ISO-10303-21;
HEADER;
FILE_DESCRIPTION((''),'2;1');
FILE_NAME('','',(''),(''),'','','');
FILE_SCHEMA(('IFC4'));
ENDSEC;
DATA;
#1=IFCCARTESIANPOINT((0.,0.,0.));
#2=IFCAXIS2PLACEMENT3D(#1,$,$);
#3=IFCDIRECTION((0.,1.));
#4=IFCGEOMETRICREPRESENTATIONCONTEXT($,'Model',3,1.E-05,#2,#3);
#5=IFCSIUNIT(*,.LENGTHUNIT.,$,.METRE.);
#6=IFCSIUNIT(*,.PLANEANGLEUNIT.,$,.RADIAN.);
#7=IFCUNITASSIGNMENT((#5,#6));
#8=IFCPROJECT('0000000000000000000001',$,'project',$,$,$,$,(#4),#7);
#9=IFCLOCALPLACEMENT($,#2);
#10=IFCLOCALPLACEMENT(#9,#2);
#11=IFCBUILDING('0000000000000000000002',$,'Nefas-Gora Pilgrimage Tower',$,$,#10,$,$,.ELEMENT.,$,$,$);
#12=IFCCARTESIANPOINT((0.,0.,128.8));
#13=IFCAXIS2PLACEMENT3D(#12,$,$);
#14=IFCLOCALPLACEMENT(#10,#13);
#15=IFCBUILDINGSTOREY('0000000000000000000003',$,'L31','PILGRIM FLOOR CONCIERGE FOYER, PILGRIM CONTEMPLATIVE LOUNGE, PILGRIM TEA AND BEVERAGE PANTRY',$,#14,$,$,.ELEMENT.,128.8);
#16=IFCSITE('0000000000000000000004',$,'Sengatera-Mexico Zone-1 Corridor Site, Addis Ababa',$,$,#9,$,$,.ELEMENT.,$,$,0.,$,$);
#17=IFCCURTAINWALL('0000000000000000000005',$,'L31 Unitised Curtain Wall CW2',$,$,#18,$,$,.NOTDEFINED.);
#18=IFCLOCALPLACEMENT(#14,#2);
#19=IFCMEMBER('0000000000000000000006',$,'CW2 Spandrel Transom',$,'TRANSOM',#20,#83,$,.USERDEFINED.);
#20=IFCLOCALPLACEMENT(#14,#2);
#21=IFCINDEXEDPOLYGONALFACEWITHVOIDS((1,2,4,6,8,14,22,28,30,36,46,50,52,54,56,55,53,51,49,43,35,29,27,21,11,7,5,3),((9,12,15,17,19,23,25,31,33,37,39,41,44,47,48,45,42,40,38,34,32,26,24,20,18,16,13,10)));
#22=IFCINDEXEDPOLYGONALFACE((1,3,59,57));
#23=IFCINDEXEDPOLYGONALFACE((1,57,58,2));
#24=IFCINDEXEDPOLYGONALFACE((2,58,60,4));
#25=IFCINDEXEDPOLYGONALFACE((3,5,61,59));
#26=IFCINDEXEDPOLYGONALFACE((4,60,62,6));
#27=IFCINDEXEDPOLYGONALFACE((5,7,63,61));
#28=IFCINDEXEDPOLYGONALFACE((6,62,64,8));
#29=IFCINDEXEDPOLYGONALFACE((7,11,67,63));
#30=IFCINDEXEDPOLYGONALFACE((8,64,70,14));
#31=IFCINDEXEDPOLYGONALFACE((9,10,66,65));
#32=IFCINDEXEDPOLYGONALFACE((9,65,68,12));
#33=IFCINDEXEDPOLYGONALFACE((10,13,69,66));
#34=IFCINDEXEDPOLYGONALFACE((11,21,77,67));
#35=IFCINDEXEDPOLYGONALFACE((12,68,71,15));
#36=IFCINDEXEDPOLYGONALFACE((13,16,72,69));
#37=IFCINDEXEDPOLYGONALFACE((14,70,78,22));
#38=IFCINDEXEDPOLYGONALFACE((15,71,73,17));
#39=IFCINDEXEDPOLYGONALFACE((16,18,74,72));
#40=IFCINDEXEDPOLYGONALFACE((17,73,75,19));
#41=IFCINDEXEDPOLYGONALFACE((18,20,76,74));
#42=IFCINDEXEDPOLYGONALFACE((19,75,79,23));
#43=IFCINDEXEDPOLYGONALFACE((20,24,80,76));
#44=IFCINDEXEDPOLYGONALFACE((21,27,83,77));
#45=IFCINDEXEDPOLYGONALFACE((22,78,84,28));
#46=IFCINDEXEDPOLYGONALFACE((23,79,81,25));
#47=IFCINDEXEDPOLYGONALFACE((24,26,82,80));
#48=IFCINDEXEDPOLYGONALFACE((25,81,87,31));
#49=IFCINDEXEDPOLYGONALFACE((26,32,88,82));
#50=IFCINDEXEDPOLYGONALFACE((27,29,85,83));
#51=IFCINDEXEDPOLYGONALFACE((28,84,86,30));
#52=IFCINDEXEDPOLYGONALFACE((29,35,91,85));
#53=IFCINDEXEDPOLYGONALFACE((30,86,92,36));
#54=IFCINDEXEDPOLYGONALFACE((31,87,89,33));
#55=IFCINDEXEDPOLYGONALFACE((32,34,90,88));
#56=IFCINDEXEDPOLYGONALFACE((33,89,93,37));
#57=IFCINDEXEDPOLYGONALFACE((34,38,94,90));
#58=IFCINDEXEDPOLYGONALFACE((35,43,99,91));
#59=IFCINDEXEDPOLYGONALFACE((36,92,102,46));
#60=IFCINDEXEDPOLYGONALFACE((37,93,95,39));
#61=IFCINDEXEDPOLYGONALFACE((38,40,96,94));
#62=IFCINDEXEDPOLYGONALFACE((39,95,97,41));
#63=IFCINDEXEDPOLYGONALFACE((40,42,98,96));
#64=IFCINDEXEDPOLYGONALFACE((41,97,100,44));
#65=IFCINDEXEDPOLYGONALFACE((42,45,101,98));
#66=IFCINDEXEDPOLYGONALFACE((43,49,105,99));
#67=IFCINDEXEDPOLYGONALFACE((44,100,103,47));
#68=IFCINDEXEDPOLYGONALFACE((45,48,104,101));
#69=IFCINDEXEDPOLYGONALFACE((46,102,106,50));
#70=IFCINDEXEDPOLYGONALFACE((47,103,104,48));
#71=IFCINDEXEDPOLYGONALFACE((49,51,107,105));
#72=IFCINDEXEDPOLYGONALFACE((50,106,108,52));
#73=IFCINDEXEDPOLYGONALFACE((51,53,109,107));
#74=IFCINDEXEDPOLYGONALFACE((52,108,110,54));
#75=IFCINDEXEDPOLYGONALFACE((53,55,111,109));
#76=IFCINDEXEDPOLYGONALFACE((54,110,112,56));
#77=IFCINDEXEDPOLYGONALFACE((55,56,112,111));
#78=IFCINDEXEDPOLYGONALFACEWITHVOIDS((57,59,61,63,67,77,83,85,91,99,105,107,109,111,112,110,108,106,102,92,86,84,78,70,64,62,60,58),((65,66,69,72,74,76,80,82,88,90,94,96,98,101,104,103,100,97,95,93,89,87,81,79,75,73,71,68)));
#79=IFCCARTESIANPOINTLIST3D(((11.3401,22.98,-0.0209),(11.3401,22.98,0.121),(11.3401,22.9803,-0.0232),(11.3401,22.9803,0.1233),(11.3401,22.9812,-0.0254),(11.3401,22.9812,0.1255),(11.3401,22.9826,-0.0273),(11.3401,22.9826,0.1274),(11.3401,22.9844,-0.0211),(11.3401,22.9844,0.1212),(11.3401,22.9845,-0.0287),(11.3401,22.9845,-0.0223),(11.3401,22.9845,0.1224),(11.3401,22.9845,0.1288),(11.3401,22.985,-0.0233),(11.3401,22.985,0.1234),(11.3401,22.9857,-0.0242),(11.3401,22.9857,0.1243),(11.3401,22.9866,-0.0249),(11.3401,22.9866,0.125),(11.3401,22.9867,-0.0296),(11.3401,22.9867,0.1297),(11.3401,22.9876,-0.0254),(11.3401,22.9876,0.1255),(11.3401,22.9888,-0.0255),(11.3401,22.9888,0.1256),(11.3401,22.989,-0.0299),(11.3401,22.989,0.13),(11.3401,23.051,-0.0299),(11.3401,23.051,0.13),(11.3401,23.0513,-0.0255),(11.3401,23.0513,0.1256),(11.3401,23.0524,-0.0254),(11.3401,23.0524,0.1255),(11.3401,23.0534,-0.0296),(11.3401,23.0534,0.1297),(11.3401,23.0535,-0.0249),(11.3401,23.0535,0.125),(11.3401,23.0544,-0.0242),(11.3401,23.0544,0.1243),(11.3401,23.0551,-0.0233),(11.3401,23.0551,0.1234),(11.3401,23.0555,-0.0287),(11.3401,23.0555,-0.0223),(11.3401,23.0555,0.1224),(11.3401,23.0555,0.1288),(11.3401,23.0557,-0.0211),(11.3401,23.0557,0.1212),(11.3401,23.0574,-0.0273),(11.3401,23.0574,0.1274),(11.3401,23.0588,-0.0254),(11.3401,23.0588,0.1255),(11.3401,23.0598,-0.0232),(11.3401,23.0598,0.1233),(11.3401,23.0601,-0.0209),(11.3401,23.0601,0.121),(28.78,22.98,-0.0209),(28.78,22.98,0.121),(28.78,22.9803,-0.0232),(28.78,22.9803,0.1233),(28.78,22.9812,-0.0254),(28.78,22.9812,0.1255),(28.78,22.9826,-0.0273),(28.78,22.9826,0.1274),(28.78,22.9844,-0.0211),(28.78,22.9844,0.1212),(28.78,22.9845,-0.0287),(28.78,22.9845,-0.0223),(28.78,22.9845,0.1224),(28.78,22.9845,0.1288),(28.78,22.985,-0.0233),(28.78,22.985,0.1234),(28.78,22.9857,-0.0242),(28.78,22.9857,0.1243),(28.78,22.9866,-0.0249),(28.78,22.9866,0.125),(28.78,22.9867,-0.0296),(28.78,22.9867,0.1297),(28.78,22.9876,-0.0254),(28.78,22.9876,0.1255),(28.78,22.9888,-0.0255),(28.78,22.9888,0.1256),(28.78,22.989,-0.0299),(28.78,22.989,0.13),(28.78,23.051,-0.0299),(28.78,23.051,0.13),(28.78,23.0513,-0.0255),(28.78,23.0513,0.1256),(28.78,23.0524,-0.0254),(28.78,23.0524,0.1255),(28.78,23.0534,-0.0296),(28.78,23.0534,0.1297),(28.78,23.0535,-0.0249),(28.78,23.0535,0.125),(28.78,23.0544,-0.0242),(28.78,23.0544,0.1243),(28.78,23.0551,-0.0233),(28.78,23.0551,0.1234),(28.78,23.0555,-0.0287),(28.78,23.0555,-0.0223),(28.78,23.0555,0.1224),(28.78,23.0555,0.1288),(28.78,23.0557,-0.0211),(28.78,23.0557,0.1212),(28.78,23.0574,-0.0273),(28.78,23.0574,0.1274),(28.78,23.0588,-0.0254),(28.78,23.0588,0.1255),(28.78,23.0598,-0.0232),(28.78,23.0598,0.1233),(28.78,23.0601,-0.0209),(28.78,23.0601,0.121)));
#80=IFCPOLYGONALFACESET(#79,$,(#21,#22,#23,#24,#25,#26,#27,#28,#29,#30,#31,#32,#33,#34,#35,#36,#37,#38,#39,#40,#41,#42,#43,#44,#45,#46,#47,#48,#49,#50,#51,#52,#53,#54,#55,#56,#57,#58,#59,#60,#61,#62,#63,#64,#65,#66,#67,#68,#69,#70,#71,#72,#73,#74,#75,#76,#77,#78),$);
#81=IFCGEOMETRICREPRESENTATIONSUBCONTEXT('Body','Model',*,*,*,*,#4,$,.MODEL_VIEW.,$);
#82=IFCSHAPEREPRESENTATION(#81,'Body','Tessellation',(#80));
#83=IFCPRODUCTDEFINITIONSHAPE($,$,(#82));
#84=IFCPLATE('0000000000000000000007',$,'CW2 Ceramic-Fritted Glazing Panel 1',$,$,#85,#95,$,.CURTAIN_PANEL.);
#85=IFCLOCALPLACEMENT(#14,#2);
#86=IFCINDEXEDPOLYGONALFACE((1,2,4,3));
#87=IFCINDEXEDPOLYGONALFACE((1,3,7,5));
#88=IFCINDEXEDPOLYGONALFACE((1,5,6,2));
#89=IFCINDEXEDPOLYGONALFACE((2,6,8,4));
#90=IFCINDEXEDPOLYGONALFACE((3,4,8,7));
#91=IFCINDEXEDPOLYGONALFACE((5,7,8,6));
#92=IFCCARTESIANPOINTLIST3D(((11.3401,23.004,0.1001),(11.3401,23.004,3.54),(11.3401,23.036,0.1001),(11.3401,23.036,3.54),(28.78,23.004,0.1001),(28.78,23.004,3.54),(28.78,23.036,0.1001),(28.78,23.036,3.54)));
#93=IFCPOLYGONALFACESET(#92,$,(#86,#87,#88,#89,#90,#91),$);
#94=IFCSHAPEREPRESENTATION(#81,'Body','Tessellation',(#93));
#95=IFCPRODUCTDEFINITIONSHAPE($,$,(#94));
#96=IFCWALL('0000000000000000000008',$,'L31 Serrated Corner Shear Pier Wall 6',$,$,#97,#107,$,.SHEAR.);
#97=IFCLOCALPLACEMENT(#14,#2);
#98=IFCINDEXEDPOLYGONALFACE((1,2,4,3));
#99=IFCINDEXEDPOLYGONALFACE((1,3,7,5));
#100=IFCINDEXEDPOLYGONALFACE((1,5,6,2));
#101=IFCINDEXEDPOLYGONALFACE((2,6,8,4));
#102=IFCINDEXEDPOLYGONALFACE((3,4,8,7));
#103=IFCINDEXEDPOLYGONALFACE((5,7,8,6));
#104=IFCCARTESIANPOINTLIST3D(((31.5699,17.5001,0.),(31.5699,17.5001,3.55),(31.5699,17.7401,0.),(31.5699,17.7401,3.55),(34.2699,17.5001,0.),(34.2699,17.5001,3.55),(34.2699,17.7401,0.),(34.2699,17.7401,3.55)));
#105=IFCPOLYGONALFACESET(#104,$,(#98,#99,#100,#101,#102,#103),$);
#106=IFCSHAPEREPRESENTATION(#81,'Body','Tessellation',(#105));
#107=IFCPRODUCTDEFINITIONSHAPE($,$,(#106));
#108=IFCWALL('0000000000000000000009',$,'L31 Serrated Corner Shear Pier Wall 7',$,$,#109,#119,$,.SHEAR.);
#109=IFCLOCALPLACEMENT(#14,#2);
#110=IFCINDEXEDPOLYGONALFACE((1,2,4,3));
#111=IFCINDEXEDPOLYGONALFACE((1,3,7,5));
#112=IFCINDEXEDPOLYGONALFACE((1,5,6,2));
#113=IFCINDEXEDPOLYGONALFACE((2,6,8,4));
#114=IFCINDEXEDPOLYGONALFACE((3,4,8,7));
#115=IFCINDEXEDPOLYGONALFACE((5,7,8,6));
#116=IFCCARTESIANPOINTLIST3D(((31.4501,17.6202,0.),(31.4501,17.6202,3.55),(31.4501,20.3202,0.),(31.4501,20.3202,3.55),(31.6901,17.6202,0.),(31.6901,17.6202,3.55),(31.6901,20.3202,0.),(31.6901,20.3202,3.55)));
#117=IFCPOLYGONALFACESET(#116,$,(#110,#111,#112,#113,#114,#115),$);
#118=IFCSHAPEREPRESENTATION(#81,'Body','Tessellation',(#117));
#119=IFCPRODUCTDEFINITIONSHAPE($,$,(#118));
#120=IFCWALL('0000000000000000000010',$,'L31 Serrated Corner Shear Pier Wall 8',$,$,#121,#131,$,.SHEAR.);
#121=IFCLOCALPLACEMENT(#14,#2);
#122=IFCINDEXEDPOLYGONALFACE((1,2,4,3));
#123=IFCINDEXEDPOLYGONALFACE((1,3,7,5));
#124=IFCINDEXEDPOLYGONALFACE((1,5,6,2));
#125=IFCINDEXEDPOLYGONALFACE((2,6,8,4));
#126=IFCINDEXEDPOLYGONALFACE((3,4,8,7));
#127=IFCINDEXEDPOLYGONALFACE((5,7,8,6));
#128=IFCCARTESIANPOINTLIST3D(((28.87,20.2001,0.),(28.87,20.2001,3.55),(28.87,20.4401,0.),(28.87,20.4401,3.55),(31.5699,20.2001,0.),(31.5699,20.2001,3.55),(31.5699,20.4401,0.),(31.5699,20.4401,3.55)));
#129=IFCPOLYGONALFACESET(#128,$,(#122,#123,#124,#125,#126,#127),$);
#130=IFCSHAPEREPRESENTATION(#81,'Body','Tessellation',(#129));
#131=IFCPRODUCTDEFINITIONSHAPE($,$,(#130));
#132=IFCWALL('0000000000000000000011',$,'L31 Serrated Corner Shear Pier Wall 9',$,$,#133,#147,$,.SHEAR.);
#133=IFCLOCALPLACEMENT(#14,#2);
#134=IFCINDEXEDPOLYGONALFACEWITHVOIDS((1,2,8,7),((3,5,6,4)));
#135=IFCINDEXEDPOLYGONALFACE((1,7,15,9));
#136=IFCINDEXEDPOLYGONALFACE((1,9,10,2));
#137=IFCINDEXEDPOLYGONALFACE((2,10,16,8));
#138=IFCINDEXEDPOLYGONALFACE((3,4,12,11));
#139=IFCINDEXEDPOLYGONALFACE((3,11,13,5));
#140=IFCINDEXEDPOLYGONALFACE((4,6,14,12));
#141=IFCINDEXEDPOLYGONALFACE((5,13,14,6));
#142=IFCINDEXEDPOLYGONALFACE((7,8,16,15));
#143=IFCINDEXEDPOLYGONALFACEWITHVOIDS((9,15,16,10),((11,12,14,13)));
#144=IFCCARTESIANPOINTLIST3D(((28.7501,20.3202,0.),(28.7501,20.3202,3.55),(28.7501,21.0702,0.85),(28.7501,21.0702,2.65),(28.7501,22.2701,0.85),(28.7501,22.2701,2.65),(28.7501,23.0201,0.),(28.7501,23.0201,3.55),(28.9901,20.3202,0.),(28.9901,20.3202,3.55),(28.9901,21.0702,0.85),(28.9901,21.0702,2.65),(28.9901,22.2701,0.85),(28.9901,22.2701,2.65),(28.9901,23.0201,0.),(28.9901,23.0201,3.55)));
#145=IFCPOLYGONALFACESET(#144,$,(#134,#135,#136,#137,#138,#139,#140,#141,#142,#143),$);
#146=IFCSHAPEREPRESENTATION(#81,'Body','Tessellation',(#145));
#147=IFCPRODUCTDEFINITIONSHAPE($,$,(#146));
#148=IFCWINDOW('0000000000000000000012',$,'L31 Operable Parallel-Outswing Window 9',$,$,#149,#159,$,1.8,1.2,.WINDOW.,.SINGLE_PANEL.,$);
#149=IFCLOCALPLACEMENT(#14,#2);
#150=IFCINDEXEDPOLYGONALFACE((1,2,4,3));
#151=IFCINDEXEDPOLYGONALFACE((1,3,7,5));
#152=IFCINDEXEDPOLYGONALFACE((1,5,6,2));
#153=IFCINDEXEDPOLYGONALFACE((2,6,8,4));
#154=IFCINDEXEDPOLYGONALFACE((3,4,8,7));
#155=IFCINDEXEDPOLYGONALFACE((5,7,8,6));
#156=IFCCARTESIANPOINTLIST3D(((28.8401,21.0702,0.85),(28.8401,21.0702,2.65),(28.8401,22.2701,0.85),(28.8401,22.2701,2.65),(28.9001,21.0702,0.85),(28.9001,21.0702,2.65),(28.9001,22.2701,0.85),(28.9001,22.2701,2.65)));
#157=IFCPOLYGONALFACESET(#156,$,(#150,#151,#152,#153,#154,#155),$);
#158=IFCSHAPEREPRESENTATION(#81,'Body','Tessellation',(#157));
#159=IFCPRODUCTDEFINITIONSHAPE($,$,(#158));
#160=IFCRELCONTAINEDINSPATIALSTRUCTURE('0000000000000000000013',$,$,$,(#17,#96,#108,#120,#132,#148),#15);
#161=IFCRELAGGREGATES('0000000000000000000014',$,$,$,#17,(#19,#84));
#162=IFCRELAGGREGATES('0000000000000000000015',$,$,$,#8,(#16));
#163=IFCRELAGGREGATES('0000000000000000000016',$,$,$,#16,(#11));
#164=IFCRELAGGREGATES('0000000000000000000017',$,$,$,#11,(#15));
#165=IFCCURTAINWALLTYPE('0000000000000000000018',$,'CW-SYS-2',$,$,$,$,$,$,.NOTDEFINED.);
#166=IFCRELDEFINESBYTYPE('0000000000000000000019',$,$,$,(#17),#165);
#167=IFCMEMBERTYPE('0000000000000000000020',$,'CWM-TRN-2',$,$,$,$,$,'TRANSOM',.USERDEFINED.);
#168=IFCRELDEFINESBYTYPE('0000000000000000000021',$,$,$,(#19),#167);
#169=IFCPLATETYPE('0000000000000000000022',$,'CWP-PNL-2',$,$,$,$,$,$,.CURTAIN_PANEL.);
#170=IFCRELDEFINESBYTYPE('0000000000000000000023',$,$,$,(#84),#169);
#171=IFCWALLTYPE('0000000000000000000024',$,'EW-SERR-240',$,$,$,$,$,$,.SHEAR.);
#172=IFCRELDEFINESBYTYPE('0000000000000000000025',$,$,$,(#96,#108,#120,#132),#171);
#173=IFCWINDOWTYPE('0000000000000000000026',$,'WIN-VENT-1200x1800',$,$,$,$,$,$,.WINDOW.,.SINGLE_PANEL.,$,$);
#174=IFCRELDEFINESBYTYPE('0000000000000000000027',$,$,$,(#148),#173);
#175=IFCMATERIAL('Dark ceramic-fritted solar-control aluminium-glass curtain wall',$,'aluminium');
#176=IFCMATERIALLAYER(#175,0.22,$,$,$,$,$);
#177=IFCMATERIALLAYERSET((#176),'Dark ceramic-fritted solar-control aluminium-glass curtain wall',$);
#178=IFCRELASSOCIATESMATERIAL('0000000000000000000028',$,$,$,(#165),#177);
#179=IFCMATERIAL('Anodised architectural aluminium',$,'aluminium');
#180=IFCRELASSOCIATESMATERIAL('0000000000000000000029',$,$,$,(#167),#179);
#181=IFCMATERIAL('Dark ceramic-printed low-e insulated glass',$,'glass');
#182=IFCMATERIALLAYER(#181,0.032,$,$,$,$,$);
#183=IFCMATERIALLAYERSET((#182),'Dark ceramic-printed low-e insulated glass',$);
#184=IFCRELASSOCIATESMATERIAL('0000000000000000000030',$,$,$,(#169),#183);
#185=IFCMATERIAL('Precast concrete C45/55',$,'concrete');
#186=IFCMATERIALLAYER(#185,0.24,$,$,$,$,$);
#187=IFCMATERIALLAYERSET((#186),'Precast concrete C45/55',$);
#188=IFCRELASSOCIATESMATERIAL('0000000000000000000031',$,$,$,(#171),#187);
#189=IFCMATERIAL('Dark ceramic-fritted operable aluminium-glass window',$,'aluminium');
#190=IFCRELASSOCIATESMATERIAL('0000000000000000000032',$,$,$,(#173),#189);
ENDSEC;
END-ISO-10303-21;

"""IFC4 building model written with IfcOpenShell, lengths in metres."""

from ifc_helpers import new_model, si_unit, direction, frame, frame_2d, origin, origin_2d, place, context, subcontext, project, spatial, rectangle, hollow_rectangle, extrude, source, transform, mapped, material, layer, layer_set, material_profile, profile_set, type_object, element, fill, aggregate, save


model = new_model("IFC4")

# Units and contexts
model_context = context("Model", 3, precision=1e-05, world=origin(), true_north=direction((0.0, 1.0)))
body_context = subcontext(model_context, "Body", "Model", "MODEL_VIEW")
ifc_project = project(units=[si_unit("LENGTHUNIT", "METRE"), si_unit("PLANEANGLEUNIT", "RADIAN")], contexts=[model_context])

# Site, building, storey
site_placement = place(None, origin())
site = spatial("IfcSite", under=ifc_project, at=site_placement, Name="Sengatera-Mexico Zone-1 Corridor Site, Addis Ababa", CompositionType="ELEMENT", RefElevation=0.0)
building_placement = place(site_placement, origin())
building = spatial("IfcBuilding", under=site, at=building_placement, Name="Nefas-Gora Pilgrimage Tower", CompositionType="ELEMENT")
storey_placement = place(building_placement, frame((0.0, 0.0, 128.8)))
storey = spatial("IfcBuildingStorey", under=building, at=storey_placement, Name="L31", Description="PILGRIM FLOOR CONCIERGE FOYER, PILGRIM CONTEMPLATIVE LOUNGE, PILGRIM TEA AND BEVERAGE PANTRY", CompositionType="ELEMENT", Elevation=128.8)

# Shared definitions
ifc_material_1 = material(Name="Dark ceramic-fritted solar-control aluminium-glass curtain wall", Category="aluminium")
ifc_layer_1 = layer(ifc_material_1, 0.22)
ifc_layer_set_1 = layer_set([ifc_layer_1], Name="Dark ceramic-fritted solar-control aluminium-glass curtain wall")
curtain_wall_type = type_object("IfcCurtainWallType", Name="CW-SYS-2", PredefinedType="NOTDEFINED", material=ifc_layer_set_1)
ifc_material_2 = material(Name="Anodised architectural aluminium", Category="aluminium")

# Curtain wall, member, plate
curtain_wall_1_placement = place(storey_placement, origin())
curtain_wall_1 = element("IfcCurtainWall", 1, at=curtain_wall_1_placement, inside=storey, type_object=curtain_wall_type, Name="L31 Unitised Curtain Wall CW2", PredefinedType="NOTDEFINED")
ifc_material_profile_1 = material_profile(ifc_material_2, hollow_rectangle(XDim=0.0801, YDim=0.1599, WallThickness=0.0044, InnerFilletRadius=0.0044, OuterFilletRadius=0.009, at=origin_2d()), Name="ALU TRANSOM 80x160")
ifc_profile_set_1 = profile_set([ifc_material_profile_1], Name="Anodised architectural aluminium")
member_type_1 = type_object("IfcMemberType", Name="CWM-TRN-2", ElementType="TRANSOM", PredefinedType="USERDEFINED", material=ifc_profile_set_1)
shared_shape_1 = source(origin(), body_context, "Body", "SweptSolid", [
    extrude(hollow_rectangle(XDim=0.0801, YDim=0.1599, WallThickness=0.0044, InnerFilletRadius=0.0044, OuterFilletRadius=0.009, at=origin_2d()), origin(), (0.0, 0.0, 1.0), 17.4399),
])
member_1_placement = place(storey_placement, frame((28.78, 23.02, 0.05), z_axis=(-1.0, 0.0, 0.0), x_axis=(0.0, -1.0, 0.0)))
member_1 = element("IfcMember", 2, at=member_1_placement, type_object=member_type_1, Name="CW2 Spandrel Transom", ObjectType="TRANSOM", PredefinedType="USERDEFINED", context=body_context, shape_type="MappedRepresentation", body=[
    mapped(shared_shape_1, transform((0.0, 0.0, 0.0), x_axis=(1.0, 0.0, 0.0), y_axis=(0.0, 1.0, 0.0), z_axis=(0.0, 0.0, 1.0), scale=1.0)),
])
ifc_material_3 = material(Name="Dark ceramic-printed low-e insulated glass", Category="glass")
ifc_layer_2 = layer(ifc_material_3, 0.032)
ifc_layer_set_2 = layer_set([ifc_layer_2], Name="Dark ceramic-printed low-e insulated glass")
plate_type = type_object("IfcPlateType", Name="CWP-PNL-2", PredefinedType="CURTAIN_PANEL", material=ifc_layer_set_2)
shared_shape_2 = source(origin(), body_context, "Body", "SweptSolid", [
    extrude(rectangle(XDim=17.4399, YDim=0.032, at=origin_2d()), origin(), (0.0, 0.0, 1.0), 3.4399),
])
plate_placement = place(storey_placement, frame((20.0601, 23.02, 0.1001), z_axis=(0.0, 0.0, 1.0), x_axis=(-1.0, 0.0, 0.0)))
plate = element("IfcPlate", 3, at=plate_placement, type_object=plate_type, Name="CW2 Ceramic-Fritted Glazing Panel 1", PredefinedType="CURTAIN_PANEL", context=body_context, shape_type="MappedRepresentation", body=[
    mapped(shared_shape_2, transform((0.0, 0.0, 0.0), x_axis=(1.0, 0.0, 0.0), y_axis=(0.0, 1.0, 0.0), z_axis=(0.0, 0.0, 1.0), scale=1.0)),
])
aggregate(curtain_wall_1, [member_1, plate])

# Walls
ifc_material_4 = material(Name="Precast concrete C45/55", Category="concrete")
ifc_layer_3 = layer(ifc_material_4, 0.24)
ifc_layer_set_3 = layer_set([ifc_layer_3], Name="Precast concrete C45/55")
wall_type = type_object("IfcWallType", Name="EW-SERR-240", PredefinedType="SHEAR", material=ifc_layer_set_3)
shared_shape_3 = source(origin(), body_context, "Body", "SweptSolid", [
    extrude(rectangle(XDim=2.7, YDim=0.24, at=frame_2d((1.3501, 0.0))), origin(), (0.0, 0.0, 1.0), 3.55),
])
for number, where, z_axis, x_axis, name in (
    (4, (34.27, 17.6201, 0.0), (0.0, 0.0, 1.0), (-1.0, 0.0, 0.0), "L31 Serrated Corner Shear Pier Wall 6"),
    (5, (31.5701, 17.6201, 0.0), (0.0, 0.0, 1.0), (0.0, 1.0, 0.0), "L31 Serrated Corner Shear Pier Wall 7"),
    (6, (31.5701, 20.3201, 0.0), (0.0, 0.0, 1.0), (-1.0, 0.0, 0.0), "L31 Serrated Corner Shear Pier Wall 8"),
):
    element("IfcWall", number, at=place(storey_placement, frame(where, z_axis=z_axis, x_axis=x_axis)), inside=storey, type_object=wall_type, Name=name, PredefinedType="SHEAR", context=body_context, shape_type="MappedRepresentation", body=[
        mapped(shared_shape_3, transform((0.0, 0.0, 0.0), x_axis=(1.0, 0.0, 0.0), y_axis=(0.0, 1.0, 0.0), z_axis=(0.0, 0.0, 1.0), scale=1.0)),
    ])

# Wall, opening, window
wall_placement = place(storey_placement, frame((28.8701, 20.3201, 0.0), z_axis=(0.0, 0.0, 1.0), x_axis=(0.0, 1.0, 0.0)))
wall = element("IfcWall", 7, at=wall_placement, inside=storey, type_object=wall_type, Name="L31 Serrated Corner Shear Pier Wall 9", PredefinedType="SHEAR", context=body_context, shape_type="MappedRepresentation", body=[
    mapped(shared_shape_3, transform((0.0, 0.0, 0.0), x_axis=(1.0, 0.0, 0.0), y_axis=(0.0, 1.0, 0.0), z_axis=(0.0, 0.0, 1.0), scale=1.0)),
])
opening_placement = place(wall_placement, frame((0.75, 0.0, 0.8501)))
opening = element("IfcOpeningElement", 8, at=opening_placement, cuts=wall, PredefinedType="OPENING", context=body_context, shape_type="SweptSolid", body=[
    extrude(rectangle(XDim=1.2, YDim=1.8, at=frame_2d((0.6001, 0.8999))), frame((0.0, 0.1299, 0.0), z_axis=(0.0, -1.0, 0.0), x_axis=(1.0, 0.0, 0.0)), (0.0, 0.0, 1.0), 0.26),
])
ifc_material_5 = material(Name="Dark ceramic-fritted operable aluminium-glass window", Category="aluminium")
window_type = type_object("IfcWindowType", Name="WIN-VENT-1200x1800", PartitioningType="SINGLE_PANEL", PredefinedType="WINDOW", material=ifc_material_5)
shared_shape_4 = source(origin(), body_context, "Body", "SweptSolid", [
    extrude(rectangle(XDim=1.2, YDim=1.8, at=frame_2d((0.6001, 0.8999))), frame((0.0, 0.03, 0.0), z_axis=(0.0, -1.0, 0.0), x_axis=(1.0, 0.0, 0.0)), (0.0, 0.0, 1.0), 0.0601),
])
window_placement = place(opening_placement, origin())
window = element("IfcWindow", 9, at=window_placement, inside=storey, type_object=window_type, Name="L31 Operable Parallel-Outswing Window 9", OverallHeight=1.8, OverallWidth=1.2, PartitioningType="SINGLE_PANEL", PredefinedType="WINDOW", context=body_context, shape_type="MappedRepresentation", body=[
    mapped(shared_shape_4, transform((0.0, 0.0, 0.0), x_axis=(1.0, 0.0, 0.0), y_axis=(0.0, 1.0, 0.0), z_axis=(0.0, 0.0, 1.0), scale=1.0)),
])
fill(opening, window)

save(model, "model.ifc")
